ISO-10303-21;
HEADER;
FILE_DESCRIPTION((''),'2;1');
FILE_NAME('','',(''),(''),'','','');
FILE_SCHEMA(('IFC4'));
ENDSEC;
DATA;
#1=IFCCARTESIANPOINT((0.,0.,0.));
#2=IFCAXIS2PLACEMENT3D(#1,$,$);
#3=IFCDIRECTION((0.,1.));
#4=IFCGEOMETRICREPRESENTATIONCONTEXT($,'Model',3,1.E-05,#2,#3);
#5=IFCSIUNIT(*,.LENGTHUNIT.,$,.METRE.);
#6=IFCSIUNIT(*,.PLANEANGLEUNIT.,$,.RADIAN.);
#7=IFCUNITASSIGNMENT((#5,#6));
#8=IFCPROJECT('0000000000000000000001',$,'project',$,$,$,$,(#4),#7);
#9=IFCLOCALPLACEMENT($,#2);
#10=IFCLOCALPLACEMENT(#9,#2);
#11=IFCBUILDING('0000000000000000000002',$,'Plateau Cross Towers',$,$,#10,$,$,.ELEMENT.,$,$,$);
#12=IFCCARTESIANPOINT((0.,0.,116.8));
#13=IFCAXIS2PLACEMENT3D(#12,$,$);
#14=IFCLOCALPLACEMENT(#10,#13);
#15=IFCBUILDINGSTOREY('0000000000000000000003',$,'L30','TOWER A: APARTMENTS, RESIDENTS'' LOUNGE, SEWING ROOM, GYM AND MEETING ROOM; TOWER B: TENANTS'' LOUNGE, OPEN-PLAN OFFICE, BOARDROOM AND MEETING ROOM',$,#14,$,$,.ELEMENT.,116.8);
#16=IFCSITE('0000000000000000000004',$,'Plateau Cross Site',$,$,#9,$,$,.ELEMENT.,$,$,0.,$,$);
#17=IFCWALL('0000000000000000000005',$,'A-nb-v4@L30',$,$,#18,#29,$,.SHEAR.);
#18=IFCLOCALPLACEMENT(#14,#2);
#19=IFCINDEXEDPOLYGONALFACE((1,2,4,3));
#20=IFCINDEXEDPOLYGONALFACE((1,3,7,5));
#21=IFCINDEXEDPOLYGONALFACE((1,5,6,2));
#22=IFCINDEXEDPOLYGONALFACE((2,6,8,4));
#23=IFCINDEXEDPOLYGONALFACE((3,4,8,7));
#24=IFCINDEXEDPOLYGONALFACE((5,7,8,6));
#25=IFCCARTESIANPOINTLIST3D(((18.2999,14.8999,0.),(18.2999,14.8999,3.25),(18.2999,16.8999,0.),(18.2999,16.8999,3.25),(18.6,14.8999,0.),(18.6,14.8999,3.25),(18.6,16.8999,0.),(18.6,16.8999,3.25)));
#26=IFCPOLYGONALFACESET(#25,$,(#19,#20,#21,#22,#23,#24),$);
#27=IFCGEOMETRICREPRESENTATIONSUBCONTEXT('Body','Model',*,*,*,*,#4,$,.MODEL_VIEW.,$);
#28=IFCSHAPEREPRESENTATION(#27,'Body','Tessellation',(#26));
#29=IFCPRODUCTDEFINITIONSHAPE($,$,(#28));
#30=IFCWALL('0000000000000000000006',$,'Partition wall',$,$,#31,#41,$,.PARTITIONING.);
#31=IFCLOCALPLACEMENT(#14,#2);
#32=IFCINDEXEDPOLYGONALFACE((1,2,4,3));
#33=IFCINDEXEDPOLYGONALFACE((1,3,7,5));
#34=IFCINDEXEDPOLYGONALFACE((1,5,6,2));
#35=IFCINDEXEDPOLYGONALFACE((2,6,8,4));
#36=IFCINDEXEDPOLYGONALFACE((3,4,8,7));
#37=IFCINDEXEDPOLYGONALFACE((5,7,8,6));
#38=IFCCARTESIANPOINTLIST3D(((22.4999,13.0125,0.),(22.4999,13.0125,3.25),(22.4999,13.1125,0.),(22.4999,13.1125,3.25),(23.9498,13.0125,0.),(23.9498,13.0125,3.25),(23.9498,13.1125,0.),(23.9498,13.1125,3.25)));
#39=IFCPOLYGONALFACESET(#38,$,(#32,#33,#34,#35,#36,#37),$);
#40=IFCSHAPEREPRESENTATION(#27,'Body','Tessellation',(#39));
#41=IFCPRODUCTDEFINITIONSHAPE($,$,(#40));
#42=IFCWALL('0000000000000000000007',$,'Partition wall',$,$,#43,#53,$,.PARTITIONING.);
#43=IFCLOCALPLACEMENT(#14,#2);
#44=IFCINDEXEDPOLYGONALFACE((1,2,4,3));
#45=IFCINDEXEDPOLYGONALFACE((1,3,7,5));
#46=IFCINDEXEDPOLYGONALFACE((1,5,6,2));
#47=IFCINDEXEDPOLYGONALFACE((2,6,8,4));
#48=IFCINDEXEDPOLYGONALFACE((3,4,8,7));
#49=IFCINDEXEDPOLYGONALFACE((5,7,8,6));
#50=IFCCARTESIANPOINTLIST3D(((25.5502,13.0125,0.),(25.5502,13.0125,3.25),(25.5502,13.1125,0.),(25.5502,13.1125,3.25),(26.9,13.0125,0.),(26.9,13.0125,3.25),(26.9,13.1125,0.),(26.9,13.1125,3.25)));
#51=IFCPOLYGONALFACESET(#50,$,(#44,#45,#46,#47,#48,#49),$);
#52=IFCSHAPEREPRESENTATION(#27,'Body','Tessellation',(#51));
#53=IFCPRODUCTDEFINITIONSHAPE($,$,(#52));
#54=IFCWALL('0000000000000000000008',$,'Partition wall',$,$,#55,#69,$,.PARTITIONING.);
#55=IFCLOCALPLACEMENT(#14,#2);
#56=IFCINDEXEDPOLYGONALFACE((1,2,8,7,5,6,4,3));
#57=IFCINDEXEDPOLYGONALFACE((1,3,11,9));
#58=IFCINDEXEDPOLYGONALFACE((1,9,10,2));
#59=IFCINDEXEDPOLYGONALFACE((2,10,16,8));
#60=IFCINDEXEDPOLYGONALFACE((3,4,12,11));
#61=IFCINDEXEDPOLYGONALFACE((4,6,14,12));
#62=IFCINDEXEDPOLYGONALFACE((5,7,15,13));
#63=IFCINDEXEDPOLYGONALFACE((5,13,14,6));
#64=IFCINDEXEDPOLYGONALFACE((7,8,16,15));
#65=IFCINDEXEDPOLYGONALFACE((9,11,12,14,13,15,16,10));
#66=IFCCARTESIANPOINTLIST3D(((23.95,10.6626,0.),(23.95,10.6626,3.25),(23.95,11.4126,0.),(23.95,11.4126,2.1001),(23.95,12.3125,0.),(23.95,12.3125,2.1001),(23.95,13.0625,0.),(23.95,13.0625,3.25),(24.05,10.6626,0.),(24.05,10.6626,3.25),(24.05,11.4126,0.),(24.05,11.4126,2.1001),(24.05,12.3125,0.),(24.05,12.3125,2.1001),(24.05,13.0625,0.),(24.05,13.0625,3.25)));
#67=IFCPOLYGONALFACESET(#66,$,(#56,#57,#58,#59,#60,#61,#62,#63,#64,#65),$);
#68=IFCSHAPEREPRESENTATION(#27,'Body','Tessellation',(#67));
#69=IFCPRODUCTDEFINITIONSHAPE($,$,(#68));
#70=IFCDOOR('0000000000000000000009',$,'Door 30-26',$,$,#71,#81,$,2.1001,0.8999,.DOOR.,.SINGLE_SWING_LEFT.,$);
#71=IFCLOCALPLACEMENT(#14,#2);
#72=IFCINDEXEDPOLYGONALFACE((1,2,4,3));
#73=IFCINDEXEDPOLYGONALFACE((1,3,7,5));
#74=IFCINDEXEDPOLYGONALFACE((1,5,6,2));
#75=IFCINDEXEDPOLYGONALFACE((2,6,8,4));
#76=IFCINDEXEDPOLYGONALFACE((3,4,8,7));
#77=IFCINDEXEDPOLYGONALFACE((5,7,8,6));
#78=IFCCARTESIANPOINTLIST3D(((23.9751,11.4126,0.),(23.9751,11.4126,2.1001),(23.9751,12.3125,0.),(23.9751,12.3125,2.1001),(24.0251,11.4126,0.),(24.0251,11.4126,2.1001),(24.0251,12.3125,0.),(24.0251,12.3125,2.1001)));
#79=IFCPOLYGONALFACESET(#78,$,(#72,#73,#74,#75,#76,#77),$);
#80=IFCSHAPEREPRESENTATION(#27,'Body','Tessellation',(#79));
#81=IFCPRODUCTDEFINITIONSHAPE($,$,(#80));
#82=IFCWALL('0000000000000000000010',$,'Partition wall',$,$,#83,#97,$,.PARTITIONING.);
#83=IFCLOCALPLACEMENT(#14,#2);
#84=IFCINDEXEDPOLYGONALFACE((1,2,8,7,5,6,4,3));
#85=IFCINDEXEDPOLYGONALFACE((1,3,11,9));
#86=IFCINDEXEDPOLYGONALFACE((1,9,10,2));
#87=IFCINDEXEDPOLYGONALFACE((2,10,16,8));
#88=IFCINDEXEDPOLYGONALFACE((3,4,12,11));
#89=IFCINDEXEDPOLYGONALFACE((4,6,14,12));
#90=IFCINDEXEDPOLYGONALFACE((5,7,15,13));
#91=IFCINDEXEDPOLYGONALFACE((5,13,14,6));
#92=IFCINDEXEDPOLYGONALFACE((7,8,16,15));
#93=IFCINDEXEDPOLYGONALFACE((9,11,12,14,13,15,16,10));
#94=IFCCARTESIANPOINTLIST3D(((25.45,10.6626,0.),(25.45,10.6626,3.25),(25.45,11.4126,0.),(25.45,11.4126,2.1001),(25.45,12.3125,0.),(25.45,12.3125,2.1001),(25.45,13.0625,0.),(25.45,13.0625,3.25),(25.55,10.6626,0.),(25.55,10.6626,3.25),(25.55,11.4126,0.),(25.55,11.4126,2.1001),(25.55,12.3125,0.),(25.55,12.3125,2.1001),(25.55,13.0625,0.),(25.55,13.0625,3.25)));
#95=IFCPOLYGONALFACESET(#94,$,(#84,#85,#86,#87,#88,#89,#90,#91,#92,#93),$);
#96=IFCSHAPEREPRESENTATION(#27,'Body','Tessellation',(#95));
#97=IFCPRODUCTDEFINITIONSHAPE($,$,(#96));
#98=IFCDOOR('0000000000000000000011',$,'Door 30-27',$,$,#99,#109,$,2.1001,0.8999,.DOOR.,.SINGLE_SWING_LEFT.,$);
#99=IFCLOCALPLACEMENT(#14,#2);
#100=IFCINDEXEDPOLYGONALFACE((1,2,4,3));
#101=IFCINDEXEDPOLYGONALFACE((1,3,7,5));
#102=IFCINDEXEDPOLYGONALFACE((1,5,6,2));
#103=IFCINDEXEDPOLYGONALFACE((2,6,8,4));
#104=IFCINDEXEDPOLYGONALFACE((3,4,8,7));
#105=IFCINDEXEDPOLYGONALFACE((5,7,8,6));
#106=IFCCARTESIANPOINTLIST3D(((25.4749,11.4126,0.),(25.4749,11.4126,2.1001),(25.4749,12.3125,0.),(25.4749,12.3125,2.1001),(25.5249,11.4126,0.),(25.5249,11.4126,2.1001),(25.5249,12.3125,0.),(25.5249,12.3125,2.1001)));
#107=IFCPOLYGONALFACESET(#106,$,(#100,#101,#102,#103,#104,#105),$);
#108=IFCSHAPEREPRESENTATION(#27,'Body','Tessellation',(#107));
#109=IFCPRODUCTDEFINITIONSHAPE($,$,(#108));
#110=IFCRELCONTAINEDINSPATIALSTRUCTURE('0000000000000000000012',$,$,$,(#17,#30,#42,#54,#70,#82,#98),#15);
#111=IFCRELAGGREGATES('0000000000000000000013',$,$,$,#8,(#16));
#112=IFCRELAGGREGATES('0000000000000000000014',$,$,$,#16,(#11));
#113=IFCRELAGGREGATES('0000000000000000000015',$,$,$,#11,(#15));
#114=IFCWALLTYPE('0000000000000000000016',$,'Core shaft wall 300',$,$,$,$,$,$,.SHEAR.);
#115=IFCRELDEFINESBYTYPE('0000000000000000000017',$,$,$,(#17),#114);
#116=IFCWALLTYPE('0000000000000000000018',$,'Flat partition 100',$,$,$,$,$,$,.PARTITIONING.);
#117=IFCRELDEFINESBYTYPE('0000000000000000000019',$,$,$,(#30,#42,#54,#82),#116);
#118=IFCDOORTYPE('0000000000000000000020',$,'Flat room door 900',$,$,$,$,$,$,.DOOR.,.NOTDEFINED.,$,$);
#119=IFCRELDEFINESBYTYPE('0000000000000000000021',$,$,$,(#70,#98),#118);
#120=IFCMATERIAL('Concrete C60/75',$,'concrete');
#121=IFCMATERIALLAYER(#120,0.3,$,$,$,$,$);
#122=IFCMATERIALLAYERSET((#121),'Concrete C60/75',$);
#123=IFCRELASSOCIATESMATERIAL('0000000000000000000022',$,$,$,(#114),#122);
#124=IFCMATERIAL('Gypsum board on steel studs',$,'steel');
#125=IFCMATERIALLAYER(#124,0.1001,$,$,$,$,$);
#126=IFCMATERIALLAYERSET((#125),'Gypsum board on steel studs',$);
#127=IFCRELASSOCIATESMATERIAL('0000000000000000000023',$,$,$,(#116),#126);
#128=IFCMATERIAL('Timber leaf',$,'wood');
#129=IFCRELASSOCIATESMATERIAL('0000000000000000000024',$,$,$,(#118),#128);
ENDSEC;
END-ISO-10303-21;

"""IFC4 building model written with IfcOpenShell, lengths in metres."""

from ifc_helpers import new_model, si_unit, direction, frame, frame_2d, origin, place, context, subcontext, project, spatial, rectangle, extrude, material, layer, layer_set, type_object, element, fill, save


model = new_model("IFC4")

# Units and contexts
model_context = context("Model", 3, precision=1e-05, world=origin(), true_north=direction((0.0, 1.0)))
body_context = subcontext(model_context, "Body", "Model", "MODEL_VIEW")
ifc_project = project(units=[si_unit("LENGTHUNIT", "METRE"), si_unit("PLANEANGLEUNIT", "RADIAN")], contexts=[model_context])

# Site, building, storey
site_placement = place(None, origin())
site = spatial("IfcSite", under=ifc_project, at=site_placement, Name="Plateau Cross Site", CompositionType="ELEMENT", RefElevation=0.0)
building_placement = place(site_placement, origin())
building = spatial("IfcBuilding", under=site, at=building_placement, Name="Plateau Cross Towers", CompositionType="ELEMENT")
storey_placement = place(building_placement, frame((0.0, 0.0, 116.8)))
storey = spatial("IfcBuildingStorey", under=building, at=storey_placement, Name="L30", Description="TOWER A: APARTMENTS, RESIDENTS' LOUNGE, SEWING ROOM, GYM AND MEETING ROOM; TOWER B: TENANTS' LOUNGE, OPEN-PLAN OFFICE, BOARDROOM AND MEETING ROOM", CompositionType="ELEMENT", Elevation=116.8)

# Shared definitions
ifc_material_1 = material(Name="Concrete C60/75", Category="concrete")

# Walls
ifc_layer_1 = layer(ifc_material_1, 0.3)
ifc_layer_set_1 = layer_set([ifc_layer_1], Name="Concrete C60/75")
wall_type_1 = type_object("IfcWallType", Name="Core shaft wall 300", PredefinedType="SHEAR", material=ifc_layer_set_1)
wall_1_placement = place(storey_placement, frame((18.45, 14.8999, 0.0), z_axis=(0.0, 0.0, 1.0), x_axis=(0.0, 1.0, 0.0)))
element("IfcWall", 1, at=wall_1_placement, inside=storey, type_object=wall_type_1, Name="A-nb-v4@L30", PredefinedType="SHEAR", context=body_context, shape_type="SweptSolid", body=[
    extrude(rectangle(XDim=2.0, YDim=0.3, at=frame_2d((1.0, 0.0))), origin(), (0.0, 0.0, 1.0), 3.25),
])
ifc_material_2 = material(Name="Gypsum board on steel studs", Category="steel")
ifc_layer_2 = layer(ifc_material_2, 0.1001)
ifc_layer_set_2 = layer_set([ifc_layer_2], Name="Gypsum board on steel studs")
wall_type_2 = type_object("IfcWallType", Name="Flat partition 100", PredefinedType="PARTITIONING", material=ifc_layer_set_2)
wall_2_placement = place(storey_placement, frame((23.95, 13.0625, 0.0), z_axis=(0.0, 0.0, 1.0), x_axis=(-1.0, 0.0, 0.0)))
element("IfcWall", 2, at=wall_2_placement, inside=storey, type_object=wall_type_2, Name="Partition wall", PredefinedType="PARTITIONING", context=body_context, shape_type="SweptSolid", body=[
    extrude(rectangle(XDim=1.45, YDim=0.1001, at=frame_2d((0.7251, 0.0))), origin(), (0.0, 0.0, 1.0), 3.25),
])
wall_3_placement = place(storey_placement, frame((26.8999, 13.0625, 0.0), z_axis=(0.0, 0.0, 1.0), x_axis=(-1.0, 0.0, 0.0)))
element("IfcWall", 3, at=wall_3_placement, inside=storey, type_object=wall_type_2, Name="Partition wall", PredefinedType="PARTITIONING", context=body_context, shape_type="SweptSolid", body=[
    extrude(rectangle(XDim=1.3499, YDim=0.1001, at=frame_2d((0.6748, 0.0))), origin(), (0.0, 0.0, 1.0), 3.25),
])

# Walls, openings, doors
wall_4_placement = place(storey_placement, frame((24.0, 10.6626, 0.0), z_axis=(0.0, 0.0, 1.0), x_axis=(0.0, 1.0, 0.0)))
wall_4 = element("IfcWall", 4, at=wall_4_placement, inside=storey, type_object=wall_type_2, Name="Partition wall", PredefinedType="PARTITIONING", context=body_context, shape_type="SweptSolid", body=[
    extrude(rectangle(XDim=2.3999, YDim=0.1001, at=frame_2d((1.2, 0.0))), origin(), (0.0, 0.0, 1.0), 3.25),
])
opening_1_placement = place(wall_4_placement, frame((0.75, 0.0, 0.0)))
opening_1 = element("IfcOpeningElement", 5, at=opening_1_placement, cuts=wall_4, PredefinedType="OPENING", context=body_context, shape_type="SweptSolid", body=[
    extrude(rectangle(XDim=0.8999, YDim=2.1001, at=frame_2d((0.45, 1.05))), frame((0.0, 0.0601, 0.0), z_axis=(0.0, -1.0, 0.0), x_axis=(1.0, 0.0, 0.0)), (0.0, 0.0, 1.0), 0.1201),
])
ifc_material_3 = material(Name="Timber leaf", Category="wood")
door_type_1 = type_object("IfcDoorType", Name="Flat room door 900", OperationType="NOTDEFINED", PredefinedType="DOOR", material=ifc_material_3)
door_1_placement = place(opening_1_placement, origin())
door_1 = element("IfcDoor", 6, at=door_1_placement, inside=storey, type_object=door_type_1, Name="Door 30-26", OperationType="SINGLE_SWING_LEFT", OverallHeight=2.1001, OverallWidth=0.8999, PredefinedType="DOOR", context=body_context, shape_type="SweptSolid", body=[
    extrude(rectangle(XDim=0.8999, YDim=2.1001, at=frame_2d((0.45, 1.05))), frame((0.0, 0.0249, 0.0), z_axis=(0.0, -1.0, 0.0), x_axis=(1.0, 0.0, 0.0)), (0.0, 0.0, 1.0), 0.05),
])
fill(opening_1, door_1)
wall_5_placement = place(storey_placement, frame((25.5, 13.0625, 0.0), z_axis=(0.0, 0.0, 1.0), x_axis=(0.0, -1.0, 0.0)))
wall_5 = element("IfcWall", 7, at=wall_5_placement, inside=storey, type_object=wall_type_2, Name="Partition wall", PredefinedType="PARTITIONING", context=body_context, shape_type="SweptSolid", body=[
    extrude(rectangle(XDim=2.3999, YDim=0.1001, at=frame_2d((1.2, 0.0))), origin(), (0.0, 0.0, 1.0), 3.25),
])
opening_2_placement = place(wall_5_placement, frame((0.75, 0.0, 0.0)))
opening_2 = element("IfcOpeningElement", 8, at=opening_2_placement, cuts=wall_5, PredefinedType="OPENING", context=body_context, shape_type="SweptSolid", body=[
    extrude(rectangle(XDim=0.8999, YDim=2.1001, at=frame_2d((0.45, 1.05))), frame((0.0, 0.0601, 0.0), z_axis=(0.0, -1.0, 0.0), x_axis=(1.0, 0.0, 0.0)), (0.0, 0.0, 1.0), 0.1201),
])
door_2_placement = place(opening_2_placement, origin())
door_2 = element("IfcDoor", 9, at=door_2_placement, inside=storey, type_object=door_type_1, Name="Door 30-27", OperationType="SINGLE_SWING_LEFT", OverallHeight=2.1001, OverallWidth=0.8999, PredefinedType="DOOR", context=body_context, shape_type="SweptSolid", body=[
    extrude(rectangle(XDim=0.8999, YDim=2.1001, at=frame_2d((0.45, 1.05))), frame((0.0, 0.0249, 0.0), z_axis=(0.0, -1.0, 0.0), x_axis=(1.0, 0.0, 0.0)), (0.0, 0.0, 1.0), 0.05),
])
fill(opening_2, door_2)

save(model, "model.ifc")
